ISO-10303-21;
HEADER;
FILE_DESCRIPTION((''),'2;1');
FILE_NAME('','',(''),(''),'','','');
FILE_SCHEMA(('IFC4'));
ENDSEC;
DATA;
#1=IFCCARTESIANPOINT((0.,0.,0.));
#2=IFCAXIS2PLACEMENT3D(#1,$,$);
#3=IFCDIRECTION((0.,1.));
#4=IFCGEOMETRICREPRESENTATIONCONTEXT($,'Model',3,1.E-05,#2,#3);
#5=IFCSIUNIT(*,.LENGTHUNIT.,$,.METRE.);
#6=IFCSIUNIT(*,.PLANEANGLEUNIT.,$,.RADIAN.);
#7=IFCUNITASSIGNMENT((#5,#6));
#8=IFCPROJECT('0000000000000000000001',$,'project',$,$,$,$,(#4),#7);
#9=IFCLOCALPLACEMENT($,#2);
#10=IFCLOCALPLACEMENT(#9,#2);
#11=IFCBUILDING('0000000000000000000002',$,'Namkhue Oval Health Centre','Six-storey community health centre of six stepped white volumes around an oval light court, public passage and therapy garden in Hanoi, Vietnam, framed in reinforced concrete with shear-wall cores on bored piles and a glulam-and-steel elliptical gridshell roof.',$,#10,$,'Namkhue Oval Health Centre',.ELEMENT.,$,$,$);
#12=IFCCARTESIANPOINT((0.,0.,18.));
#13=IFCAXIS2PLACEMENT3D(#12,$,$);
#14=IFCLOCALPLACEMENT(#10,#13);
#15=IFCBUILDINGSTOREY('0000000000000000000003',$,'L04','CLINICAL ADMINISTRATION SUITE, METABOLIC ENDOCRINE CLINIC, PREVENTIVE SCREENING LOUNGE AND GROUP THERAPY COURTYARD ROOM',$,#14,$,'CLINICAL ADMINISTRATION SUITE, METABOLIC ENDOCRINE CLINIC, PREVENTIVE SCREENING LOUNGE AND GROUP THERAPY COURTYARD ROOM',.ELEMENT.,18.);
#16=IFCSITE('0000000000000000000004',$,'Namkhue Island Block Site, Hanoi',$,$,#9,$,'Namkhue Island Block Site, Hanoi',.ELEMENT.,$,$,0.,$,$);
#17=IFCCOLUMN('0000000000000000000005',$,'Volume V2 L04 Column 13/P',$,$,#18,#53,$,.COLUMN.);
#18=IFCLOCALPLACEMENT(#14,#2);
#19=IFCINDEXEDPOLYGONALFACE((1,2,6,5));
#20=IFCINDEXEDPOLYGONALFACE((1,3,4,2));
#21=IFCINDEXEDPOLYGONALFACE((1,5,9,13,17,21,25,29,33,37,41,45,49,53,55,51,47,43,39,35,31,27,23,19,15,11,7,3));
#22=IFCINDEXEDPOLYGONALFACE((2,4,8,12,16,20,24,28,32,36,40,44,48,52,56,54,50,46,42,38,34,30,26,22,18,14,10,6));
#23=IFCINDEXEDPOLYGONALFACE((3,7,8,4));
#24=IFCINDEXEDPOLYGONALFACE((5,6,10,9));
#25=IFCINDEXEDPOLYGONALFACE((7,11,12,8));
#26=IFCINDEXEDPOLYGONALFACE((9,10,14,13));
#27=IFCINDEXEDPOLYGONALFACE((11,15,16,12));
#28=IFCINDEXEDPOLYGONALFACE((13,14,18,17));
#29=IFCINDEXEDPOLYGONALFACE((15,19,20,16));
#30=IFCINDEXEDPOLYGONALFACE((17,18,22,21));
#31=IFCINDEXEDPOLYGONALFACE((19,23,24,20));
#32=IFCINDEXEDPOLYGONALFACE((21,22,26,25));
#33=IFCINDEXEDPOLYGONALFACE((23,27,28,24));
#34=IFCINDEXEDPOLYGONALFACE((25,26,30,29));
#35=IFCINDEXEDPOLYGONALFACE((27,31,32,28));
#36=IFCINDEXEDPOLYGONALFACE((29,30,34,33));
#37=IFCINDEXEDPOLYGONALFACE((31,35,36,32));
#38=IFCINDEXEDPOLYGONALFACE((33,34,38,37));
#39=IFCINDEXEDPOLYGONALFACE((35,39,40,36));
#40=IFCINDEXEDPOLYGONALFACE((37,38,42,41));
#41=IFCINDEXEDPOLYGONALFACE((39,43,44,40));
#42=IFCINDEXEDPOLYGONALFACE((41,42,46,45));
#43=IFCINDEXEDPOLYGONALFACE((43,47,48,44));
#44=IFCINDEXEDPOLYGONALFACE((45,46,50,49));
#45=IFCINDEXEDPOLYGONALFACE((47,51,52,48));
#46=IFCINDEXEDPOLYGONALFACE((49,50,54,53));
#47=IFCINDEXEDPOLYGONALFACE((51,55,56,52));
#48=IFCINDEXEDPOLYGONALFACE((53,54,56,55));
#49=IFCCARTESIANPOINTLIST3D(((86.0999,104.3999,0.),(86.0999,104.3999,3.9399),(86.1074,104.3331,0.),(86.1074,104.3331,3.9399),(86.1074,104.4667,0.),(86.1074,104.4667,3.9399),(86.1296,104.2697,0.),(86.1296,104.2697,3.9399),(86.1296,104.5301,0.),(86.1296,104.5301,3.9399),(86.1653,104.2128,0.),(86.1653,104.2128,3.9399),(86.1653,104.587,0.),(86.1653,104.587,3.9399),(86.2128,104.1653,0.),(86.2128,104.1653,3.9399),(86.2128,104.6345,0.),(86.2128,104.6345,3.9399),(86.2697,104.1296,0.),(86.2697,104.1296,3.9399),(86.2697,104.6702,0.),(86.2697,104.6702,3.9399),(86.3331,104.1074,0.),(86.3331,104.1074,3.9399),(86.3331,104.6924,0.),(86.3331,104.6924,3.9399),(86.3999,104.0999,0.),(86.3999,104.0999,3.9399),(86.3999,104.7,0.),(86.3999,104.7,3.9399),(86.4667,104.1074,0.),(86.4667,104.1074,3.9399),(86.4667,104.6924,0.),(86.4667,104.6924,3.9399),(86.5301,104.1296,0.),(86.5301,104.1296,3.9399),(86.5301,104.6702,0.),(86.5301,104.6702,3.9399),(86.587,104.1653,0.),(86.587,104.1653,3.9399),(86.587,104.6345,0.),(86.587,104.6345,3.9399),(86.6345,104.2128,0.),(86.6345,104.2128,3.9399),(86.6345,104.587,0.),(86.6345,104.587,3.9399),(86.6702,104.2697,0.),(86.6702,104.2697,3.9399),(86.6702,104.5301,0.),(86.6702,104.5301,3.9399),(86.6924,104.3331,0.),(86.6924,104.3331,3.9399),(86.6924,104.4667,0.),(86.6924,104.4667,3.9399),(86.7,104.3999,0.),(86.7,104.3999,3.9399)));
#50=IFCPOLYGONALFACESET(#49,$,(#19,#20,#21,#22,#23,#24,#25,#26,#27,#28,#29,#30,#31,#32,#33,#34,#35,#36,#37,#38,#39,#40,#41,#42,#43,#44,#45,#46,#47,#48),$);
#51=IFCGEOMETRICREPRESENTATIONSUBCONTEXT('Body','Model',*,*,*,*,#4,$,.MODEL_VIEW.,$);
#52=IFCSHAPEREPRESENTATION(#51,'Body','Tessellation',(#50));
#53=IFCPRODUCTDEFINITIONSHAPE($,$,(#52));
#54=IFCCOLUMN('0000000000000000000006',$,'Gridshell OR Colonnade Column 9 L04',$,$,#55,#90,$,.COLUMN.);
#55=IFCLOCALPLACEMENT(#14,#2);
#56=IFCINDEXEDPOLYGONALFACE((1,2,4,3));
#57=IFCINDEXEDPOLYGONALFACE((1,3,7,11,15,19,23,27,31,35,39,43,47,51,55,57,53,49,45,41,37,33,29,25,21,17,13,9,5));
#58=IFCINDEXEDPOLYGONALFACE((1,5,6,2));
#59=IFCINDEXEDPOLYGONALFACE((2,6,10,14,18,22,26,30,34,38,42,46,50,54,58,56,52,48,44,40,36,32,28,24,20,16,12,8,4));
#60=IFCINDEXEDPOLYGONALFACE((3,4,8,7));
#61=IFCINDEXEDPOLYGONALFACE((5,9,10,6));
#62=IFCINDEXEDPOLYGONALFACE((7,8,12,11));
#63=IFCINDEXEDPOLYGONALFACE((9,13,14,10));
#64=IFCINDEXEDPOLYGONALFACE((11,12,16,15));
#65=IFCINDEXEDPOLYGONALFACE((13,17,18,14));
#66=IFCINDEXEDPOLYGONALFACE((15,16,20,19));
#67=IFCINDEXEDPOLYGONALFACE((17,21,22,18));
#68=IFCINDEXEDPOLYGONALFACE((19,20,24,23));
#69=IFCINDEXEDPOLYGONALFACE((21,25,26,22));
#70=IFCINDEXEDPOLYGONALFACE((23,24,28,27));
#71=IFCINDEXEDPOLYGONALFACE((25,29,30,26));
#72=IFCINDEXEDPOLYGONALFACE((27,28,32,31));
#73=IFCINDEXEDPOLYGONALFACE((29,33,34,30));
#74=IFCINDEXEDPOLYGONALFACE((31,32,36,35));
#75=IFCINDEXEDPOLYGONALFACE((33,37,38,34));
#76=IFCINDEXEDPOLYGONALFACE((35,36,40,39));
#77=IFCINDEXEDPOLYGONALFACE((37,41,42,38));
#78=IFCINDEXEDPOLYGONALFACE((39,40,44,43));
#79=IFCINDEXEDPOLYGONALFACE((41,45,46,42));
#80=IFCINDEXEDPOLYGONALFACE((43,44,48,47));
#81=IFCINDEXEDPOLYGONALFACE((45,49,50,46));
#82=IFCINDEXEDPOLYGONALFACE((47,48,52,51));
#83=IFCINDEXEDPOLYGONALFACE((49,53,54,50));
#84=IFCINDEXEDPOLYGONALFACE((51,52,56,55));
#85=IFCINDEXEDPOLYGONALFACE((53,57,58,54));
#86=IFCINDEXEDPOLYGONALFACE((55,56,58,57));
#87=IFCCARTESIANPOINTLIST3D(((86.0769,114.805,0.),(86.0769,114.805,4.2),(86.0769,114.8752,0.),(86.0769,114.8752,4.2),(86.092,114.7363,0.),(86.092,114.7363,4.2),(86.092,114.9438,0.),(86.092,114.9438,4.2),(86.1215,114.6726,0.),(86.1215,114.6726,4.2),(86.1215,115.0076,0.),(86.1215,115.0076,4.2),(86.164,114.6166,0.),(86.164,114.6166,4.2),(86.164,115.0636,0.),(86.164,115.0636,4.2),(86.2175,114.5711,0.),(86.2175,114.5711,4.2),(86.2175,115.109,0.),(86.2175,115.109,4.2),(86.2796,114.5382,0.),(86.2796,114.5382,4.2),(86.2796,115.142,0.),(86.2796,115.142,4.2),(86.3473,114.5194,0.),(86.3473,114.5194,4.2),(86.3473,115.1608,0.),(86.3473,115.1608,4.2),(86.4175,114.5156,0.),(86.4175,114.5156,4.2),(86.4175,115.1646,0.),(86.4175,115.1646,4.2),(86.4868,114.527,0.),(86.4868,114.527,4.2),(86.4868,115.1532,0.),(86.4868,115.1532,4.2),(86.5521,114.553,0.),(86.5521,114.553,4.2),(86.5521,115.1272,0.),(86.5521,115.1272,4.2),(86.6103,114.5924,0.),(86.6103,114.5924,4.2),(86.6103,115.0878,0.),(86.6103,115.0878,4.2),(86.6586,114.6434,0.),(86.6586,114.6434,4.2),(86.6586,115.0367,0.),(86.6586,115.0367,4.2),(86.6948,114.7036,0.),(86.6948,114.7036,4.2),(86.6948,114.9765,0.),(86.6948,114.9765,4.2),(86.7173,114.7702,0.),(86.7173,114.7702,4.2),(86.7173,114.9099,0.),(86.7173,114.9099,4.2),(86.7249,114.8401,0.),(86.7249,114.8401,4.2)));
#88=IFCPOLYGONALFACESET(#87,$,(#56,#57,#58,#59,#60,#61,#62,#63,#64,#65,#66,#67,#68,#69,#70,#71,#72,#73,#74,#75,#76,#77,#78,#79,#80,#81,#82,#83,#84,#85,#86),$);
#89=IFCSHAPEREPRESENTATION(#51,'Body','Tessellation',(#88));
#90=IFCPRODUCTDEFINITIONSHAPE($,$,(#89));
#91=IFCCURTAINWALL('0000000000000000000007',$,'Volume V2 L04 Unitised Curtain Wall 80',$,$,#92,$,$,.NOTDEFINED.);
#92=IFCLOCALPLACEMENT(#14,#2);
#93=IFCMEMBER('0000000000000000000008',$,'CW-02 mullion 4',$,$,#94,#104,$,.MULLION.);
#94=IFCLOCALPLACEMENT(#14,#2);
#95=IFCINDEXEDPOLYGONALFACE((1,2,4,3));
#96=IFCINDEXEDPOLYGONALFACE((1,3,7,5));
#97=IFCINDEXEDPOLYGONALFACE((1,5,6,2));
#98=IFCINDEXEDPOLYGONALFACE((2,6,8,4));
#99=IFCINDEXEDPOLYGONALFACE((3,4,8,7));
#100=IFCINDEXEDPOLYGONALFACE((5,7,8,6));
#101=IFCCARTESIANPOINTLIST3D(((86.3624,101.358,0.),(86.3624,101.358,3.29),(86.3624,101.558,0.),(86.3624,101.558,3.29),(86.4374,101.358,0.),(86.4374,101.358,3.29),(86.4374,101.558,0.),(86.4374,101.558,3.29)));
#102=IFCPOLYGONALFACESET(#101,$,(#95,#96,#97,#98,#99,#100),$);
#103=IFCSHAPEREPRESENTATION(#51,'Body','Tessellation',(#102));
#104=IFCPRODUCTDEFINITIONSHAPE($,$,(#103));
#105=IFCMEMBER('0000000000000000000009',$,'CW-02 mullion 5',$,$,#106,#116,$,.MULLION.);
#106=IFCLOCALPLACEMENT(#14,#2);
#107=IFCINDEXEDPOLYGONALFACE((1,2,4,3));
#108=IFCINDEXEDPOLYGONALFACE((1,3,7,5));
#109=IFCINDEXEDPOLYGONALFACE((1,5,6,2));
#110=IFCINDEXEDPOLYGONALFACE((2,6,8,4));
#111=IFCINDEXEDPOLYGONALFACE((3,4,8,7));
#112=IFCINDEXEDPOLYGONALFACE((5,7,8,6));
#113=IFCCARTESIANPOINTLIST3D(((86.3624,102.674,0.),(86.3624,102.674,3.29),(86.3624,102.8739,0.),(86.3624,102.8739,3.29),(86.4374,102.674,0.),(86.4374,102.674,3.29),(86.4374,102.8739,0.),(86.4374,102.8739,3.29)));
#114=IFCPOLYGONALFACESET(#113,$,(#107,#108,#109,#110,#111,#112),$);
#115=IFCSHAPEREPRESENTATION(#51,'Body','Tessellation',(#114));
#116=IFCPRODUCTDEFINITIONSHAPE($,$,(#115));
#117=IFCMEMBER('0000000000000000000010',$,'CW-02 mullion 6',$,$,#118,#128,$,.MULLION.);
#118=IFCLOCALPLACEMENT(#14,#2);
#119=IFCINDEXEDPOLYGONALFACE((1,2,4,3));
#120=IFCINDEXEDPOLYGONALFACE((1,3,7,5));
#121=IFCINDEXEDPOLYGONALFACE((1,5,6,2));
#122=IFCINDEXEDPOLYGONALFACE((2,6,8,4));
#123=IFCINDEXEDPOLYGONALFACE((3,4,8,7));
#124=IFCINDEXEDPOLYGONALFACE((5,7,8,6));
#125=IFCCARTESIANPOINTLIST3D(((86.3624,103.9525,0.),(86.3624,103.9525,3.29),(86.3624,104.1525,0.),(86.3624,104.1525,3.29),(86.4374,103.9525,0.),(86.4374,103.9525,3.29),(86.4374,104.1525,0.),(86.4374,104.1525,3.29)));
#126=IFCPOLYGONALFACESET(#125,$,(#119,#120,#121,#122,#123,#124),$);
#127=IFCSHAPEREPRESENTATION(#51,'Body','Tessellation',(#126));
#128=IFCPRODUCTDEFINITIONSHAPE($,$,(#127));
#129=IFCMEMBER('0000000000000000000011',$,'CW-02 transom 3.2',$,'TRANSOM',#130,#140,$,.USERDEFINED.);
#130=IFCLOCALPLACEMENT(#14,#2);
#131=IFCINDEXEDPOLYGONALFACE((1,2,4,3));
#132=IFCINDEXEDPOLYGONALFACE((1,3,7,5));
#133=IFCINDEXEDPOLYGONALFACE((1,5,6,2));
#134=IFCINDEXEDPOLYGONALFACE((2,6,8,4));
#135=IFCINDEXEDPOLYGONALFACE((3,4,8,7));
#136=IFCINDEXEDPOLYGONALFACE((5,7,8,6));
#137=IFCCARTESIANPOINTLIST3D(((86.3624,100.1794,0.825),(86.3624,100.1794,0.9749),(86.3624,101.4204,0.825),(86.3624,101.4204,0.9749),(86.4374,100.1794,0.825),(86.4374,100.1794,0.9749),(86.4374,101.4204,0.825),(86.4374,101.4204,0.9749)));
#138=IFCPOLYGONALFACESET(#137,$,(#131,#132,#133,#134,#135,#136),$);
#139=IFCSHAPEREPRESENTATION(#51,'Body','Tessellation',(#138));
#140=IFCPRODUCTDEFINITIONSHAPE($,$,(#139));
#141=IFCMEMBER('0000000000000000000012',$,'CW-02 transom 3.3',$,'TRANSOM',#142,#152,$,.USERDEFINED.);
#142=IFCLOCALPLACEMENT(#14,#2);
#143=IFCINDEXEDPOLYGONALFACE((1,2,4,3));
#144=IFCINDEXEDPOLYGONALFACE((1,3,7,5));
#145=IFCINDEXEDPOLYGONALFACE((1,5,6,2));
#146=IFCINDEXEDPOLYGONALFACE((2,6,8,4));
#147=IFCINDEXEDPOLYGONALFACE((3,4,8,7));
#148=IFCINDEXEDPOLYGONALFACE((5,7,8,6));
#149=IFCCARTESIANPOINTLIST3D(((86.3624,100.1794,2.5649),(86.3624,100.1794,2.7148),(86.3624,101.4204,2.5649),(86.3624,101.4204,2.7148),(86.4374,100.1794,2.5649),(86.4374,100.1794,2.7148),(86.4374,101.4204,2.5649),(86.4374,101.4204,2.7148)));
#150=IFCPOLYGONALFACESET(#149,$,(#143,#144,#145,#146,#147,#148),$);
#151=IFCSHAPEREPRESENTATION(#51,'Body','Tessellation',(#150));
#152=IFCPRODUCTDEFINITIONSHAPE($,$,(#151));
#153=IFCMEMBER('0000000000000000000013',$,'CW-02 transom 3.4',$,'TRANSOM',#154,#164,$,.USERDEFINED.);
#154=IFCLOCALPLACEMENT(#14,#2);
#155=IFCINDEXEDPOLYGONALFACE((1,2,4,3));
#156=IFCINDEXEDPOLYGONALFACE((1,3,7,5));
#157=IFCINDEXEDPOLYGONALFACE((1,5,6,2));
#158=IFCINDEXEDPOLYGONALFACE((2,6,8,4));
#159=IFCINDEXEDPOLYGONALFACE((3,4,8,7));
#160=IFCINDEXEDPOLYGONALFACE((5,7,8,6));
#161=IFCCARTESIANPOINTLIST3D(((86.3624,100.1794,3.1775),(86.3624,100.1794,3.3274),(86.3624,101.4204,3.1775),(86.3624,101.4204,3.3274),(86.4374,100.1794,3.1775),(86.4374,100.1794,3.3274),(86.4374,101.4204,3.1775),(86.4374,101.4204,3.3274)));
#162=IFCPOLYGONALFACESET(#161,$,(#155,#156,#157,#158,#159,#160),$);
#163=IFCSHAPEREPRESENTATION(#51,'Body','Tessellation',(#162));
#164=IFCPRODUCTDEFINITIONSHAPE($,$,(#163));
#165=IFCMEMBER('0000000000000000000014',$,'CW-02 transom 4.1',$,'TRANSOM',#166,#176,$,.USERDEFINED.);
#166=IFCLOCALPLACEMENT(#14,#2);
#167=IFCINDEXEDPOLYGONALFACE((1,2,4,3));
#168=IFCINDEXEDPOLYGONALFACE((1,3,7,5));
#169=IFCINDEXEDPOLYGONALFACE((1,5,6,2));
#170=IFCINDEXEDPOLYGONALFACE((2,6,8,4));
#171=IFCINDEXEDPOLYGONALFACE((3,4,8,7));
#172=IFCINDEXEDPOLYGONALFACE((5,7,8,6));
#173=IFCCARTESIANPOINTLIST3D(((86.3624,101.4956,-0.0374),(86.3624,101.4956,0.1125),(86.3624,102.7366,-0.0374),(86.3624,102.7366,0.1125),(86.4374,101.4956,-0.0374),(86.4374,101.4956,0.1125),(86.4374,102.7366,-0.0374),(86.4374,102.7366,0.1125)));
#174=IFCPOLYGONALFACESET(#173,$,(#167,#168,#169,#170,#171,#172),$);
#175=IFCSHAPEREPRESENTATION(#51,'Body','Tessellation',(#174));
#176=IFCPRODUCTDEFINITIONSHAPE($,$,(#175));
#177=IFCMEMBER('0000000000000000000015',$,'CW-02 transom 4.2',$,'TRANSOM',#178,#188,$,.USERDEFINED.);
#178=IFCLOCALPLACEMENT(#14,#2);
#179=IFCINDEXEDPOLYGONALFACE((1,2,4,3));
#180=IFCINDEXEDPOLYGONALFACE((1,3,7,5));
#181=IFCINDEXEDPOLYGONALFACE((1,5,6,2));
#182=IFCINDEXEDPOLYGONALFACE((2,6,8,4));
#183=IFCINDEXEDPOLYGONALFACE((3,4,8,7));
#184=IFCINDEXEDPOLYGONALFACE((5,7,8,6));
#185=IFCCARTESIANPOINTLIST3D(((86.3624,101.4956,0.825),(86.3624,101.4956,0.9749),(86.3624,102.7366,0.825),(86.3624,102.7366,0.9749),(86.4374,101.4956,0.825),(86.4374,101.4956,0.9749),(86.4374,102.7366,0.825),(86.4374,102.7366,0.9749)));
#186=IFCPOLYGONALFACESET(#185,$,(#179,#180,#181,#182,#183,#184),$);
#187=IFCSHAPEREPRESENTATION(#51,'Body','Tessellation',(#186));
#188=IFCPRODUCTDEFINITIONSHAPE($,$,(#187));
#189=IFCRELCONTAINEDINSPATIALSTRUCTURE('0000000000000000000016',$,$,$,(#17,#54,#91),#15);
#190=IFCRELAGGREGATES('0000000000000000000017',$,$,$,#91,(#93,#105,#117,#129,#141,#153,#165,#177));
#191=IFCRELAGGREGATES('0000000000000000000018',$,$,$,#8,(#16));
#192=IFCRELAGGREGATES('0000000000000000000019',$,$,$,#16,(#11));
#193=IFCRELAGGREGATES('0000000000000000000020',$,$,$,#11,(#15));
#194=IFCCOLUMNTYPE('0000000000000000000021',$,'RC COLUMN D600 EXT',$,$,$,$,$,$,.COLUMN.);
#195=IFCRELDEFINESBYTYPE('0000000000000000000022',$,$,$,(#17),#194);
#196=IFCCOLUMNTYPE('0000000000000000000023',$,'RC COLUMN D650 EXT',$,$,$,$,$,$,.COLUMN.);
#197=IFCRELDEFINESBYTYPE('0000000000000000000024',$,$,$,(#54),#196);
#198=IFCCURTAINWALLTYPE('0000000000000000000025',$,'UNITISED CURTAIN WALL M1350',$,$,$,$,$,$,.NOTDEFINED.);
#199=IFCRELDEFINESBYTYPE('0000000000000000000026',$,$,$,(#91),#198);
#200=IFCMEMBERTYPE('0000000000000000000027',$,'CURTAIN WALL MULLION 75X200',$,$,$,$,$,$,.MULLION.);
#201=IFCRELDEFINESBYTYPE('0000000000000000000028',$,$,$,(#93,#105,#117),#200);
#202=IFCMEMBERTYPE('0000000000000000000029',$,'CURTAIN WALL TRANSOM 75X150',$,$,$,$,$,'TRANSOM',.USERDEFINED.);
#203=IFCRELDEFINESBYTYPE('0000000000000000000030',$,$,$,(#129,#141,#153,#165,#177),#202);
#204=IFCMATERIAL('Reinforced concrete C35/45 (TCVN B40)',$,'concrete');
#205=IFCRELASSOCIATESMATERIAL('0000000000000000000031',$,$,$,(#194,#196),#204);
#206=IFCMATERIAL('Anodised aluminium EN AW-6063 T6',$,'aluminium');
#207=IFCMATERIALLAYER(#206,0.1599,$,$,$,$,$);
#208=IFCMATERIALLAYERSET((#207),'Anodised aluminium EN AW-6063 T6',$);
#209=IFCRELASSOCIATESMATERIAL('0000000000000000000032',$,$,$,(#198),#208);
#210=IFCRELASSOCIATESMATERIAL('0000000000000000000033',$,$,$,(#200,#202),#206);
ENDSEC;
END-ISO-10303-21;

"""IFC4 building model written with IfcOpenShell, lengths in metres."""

from ifc_helpers import new_model, si_unit, direction, frame, origin, origin_2d, place, context, subcontext, project, spatial, rectangle, circle, extrude, material, layer, layer_set, material_profile, profile_set, type_object, element, aggregate, save


model = new_model("IFC4")

# Units and contexts
model_context = context("Model", 3, precision=1e-05, world=origin(), true_north=direction((0.0, 1.0)))
body_context = subcontext(model_context, "Body", "Model", "MODEL_VIEW")
ifc_project = project(units=[si_unit("LENGTHUNIT", "METRE"), si_unit("PLANEANGLEUNIT", "RADIAN")], contexts=[model_context])

# Site, building, storey
site_placement = place(None, origin())
site = spatial("IfcSite", under=ifc_project, at=site_placement, Name="Namkhue Island Block Site, Hanoi", LongName="Namkhue Island Block Site, Hanoi", CompositionType="ELEMENT", RefElevation=0.0)
building_placement = place(site_placement, origin())
building = spatial("IfcBuilding", under=site, at=building_placement, Name="Namkhue Oval Health Centre", Description="Six-storey community health centre of six stepped white volumes around an oval light court, public passage and therapy garden in Hanoi, Vietnam, framed in reinforced concrete with shear-wall cores on bored piles and a glulam-and-steel elliptical gridshell roof.", LongName="Namkhue Oval Health Centre", CompositionType="ELEMENT")
storey_placement = place(building_placement, frame((0.0, 0.0, 18.0)))
storey = spatial("IfcBuildingStorey", under=building, at=storey_placement, Name="L04", Description="CLINICAL ADMINISTRATION SUITE, METABOLIC ENDOCRINE CLINIC, PREVENTIVE SCREENING LOUNGE AND GROUP THERAPY COURTYARD ROOM", LongName="CLINICAL ADMINISTRATION SUITE, METABOLIC ENDOCRINE CLINIC, PREVENTIVE SCREENING LOUNGE AND GROUP THERAPY COURTYARD ROOM", CompositionType="ELEMENT", Elevation=18.0)

# Columns
ifc_material_1 = material(Name="Reinforced concrete C35/45 (TCVN B40)", Category="concrete")
ifc_material_profile_1 = material_profile(ifc_material_1, circle(Radius=0.3, at=origin_2d()), Name="RC D600")
ifc_profile_set_1 = profile_set([ifc_material_profile_1], Name="Reinforced concrete C35/45 (TCVN B40)")
column_type_1 = type_object("IfcColumnType", Name="RC COLUMN D600 EXT", PredefinedType="COLUMN", material=ifc_profile_set_1)
column_1_placement = place(storey_placement, frame((86.3999, 104.3999, 0.0), z_axis=(0.0, 0.0, 1.0), x_axis=(1.0, 0.0, 0.0)))
element("IfcColumn", 1, at=column_1_placement, inside=storey, type_object=column_type_1, Name="Volume V2 L04 Column 13/P", PredefinedType="COLUMN", context=body_context, shape_type="SweptSolid", body=[
    extrude(circle(Radius=0.3, at=origin_2d()), origin(), (0.0, 0.0, 1.0), 3.9399),
])
ifc_material_profile_2 = material_profile(ifc_material_1, circle(Radius=0.325, at=origin_2d()), Name="RC D650")
ifc_profile_set_2 = profile_set([ifc_material_profile_2], Name="Reinforced concrete C35/45 (TCVN B40)")
column_type_2 = type_object("IfcColumnType", Name="RC COLUMN D650 EXT", PredefinedType="COLUMN", material=ifc_profile_set_2)
column_2_placement = place(storey_placement, frame((86.3999, 114.8401, 0.0), z_axis=(0.0, 0.0, 1.0), x_axis=(1.0, 0.0, 0.0)))
element("IfcColumn", 2, at=column_2_placement, inside=storey, type_object=column_type_2, Name="Gridshell OR Colonnade Column 9 L04", PredefinedType="COLUMN", context=body_context, shape_type="SweptSolid", body=[
    extrude(circle(Radius=0.325, at=origin_2d()), origin(), (0.0, 0.0, 1.0), 4.2),
])

# Curtain wall, members
ifc_material_2 = material(Name="Anodised aluminium EN AW-6063 T6", Category="aluminium")
ifc_layer_1 = layer(ifc_material_2, 0.1599)
ifc_layer_set_1 = layer_set([ifc_layer_1], Name="Anodised aluminium EN AW-6063 T6")
curtain_wall_type = type_object("IfcCurtainWallType", Name="UNITISED CURTAIN WALL M1350", PredefinedType="NOTDEFINED", material=ifc_layer_set_1)
curtain_wall_placement = place(storey_placement, origin())
curtain_wall = element("IfcCurtainWall", 3, at=curtain_wall_placement, inside=storey, type_object=curtain_wall_type, Name="Volume V2 L04 Unitised Curtain Wall 80", PredefinedType="NOTDEFINED")
ifc_material_profile_3 = material_profile(ifc_material_2, rectangle(XDim=0.075, YDim=0.2, at=origin_2d()), Name="ALU 75x200")
ifc_profile_set_3 = profile_set([ifc_material_profile_3], Name="Anodised aluminium EN AW-6063 T6")
member_type_1 = type_object("IfcMemberType", Name="CURTAIN WALL MULLION 75X200", PredefinedType="MULLION", material=ifc_profile_set_3)
member_1_placement = place(storey_placement, frame((86.3999, 101.458, 0.0), z_axis=(0.0, 0.0, 1.0), x_axis=(-1.0, 0.0, 0.0)))
member_1 = element("IfcMember", 4, at=member_1_placement, type_object=member_type_1, Name="CW-02 mullion 4", PredefinedType="MULLION", context=body_context, shape_type="SweptSolid", body=[
    extrude(rectangle(XDim=0.075, YDim=0.2, at=origin_2d()), origin(), (0.0, 0.0, 1.0), 3.29),
])
member_2_placement = place(storey_placement, frame((86.3999, 102.7739, 0.0), z_axis=(0.0, 0.0, 1.0), x_axis=(-1.0, 0.0, 0.0)))
member_2 = element("IfcMember", 5, at=member_2_placement, type_object=member_type_1, Name="CW-02 mullion 5", PredefinedType="MULLION", context=body_context, shape_type="SweptSolid", body=[
    extrude(rectangle(XDim=0.075, YDim=0.2, at=origin_2d()), origin(), (0.0, 0.0, 1.0), 3.29),
])
member_3_placement = place(storey_placement, frame((86.3999, 104.0525, 0.0), z_axis=(0.0, 0.0, 1.0), x_axis=(-1.0, 0.0, 0.0)))
member_3 = element("IfcMember", 6, at=member_3_placement, type_object=member_type_1, Name="CW-02 mullion 6", PredefinedType="MULLION", context=body_context, shape_type="SweptSolid", body=[
    extrude(rectangle(XDim=0.075, YDim=0.2, at=origin_2d()), origin(), (0.0, 0.0, 1.0), 3.29),
])
ifc_material_profile_4 = material_profile(ifc_material_2, rectangle(XDim=0.075, YDim=0.1499, at=origin_2d()), Name="ALU 75x150")
ifc_profile_set_4 = profile_set([ifc_material_profile_4], Name="Anodised aluminium EN AW-6063 T6")
member_type_2 = type_object("IfcMemberType", Name="CURTAIN WALL TRANSOM 75X150", ElementType="TRANSOM", PredefinedType="USERDEFINED", material=ifc_profile_set_4)
member_4_placement = place(storey_placement, frame((86.3999, 100.1794, 0.8999), z_axis=(0.0, 1.0, 0.0), x_axis=(-1.0, 0.0, 0.0)))
member_4 = element("IfcMember", 7, at=member_4_placement, type_object=member_type_2, Name="CW-02 transom 3.2", ObjectType="TRANSOM", PredefinedType="USERDEFINED", context=body_context, shape_type="SweptSolid", body=[
    extrude(rectangle(XDim=0.075, YDim=0.1499, at=origin_2d()), origin(), (0.0, 0.0, 1.0), 1.241),
])
member_5_placement = place(storey_placement, frame((86.3999, 100.1794, 2.6399), z_axis=(0.0, 1.0, 0.0), x_axis=(-1.0, 0.0, 0.0)))
member_5 = element("IfcMember", 8, at=member_5_placement, type_object=member_type_2, Name="CW-02 transom 3.3", ObjectType="TRANSOM", PredefinedType="USERDEFINED", context=body_context, shape_type="SweptSolid", body=[
    extrude(rectangle(XDim=0.075, YDim=0.1499, at=origin_2d()), origin(), (0.0, 0.0, 1.0), 1.241),
])
member_6_placement = place(storey_placement, frame((86.3999, 100.1794, 3.2524), z_axis=(0.0, 1.0, 0.0), x_axis=(-1.0, 0.0, 0.0)))
member_6 = element("IfcMember", 9, at=member_6_placement, type_object=member_type_2, Name="CW-02 transom 3.4", ObjectType="TRANSOM", PredefinedType="USERDEFINED", context=body_context, shape_type="SweptSolid", body=[
    extrude(rectangle(XDim=0.075, YDim=0.1499, at=origin_2d()), origin(), (0.0, 0.0, 1.0), 1.241),
])
member_7_placement = place(storey_placement, frame((86.3999, 101.4956, 0.0376), z_axis=(0.0, 1.0, 0.0), x_axis=(-1.0, 0.0, 0.0)))
member_7 = element("IfcMember", 10, at=member_7_placement, type_object=member_type_2, Name="CW-02 transom 4.1", ObjectType="TRANSOM", PredefinedType="USERDEFINED", context=body_context, shape_type="SweptSolid", body=[
    extrude(rectangle(XDim=0.075, YDim=0.1499, at=origin_2d()), origin(), (0.0, 0.0, 1.0), 1.241),
])
member_8_placement = place(storey_placement, frame((86.3999, 101.4956, 0.8999), z_axis=(0.0, 1.0, 0.0), x_axis=(-1.0, 0.0, 0.0)))
member_8 = element("IfcMember", 11, at=member_8_placement, type_object=member_type_2, Name="CW-02 transom 4.2", ObjectType="TRANSOM", PredefinedType="USERDEFINED", context=body_context, shape_type="SweptSolid", body=[
    extrude(rectangle(XDim=0.075, YDim=0.1499, at=origin_2d()), origin(), (0.0, 0.0, 1.0), 1.241),
])
aggregate(curtain_wall, [member_1, member_2, member_3, member_4, member_5, member_6, member_7, member_8])

save(model, "model.ifc")
